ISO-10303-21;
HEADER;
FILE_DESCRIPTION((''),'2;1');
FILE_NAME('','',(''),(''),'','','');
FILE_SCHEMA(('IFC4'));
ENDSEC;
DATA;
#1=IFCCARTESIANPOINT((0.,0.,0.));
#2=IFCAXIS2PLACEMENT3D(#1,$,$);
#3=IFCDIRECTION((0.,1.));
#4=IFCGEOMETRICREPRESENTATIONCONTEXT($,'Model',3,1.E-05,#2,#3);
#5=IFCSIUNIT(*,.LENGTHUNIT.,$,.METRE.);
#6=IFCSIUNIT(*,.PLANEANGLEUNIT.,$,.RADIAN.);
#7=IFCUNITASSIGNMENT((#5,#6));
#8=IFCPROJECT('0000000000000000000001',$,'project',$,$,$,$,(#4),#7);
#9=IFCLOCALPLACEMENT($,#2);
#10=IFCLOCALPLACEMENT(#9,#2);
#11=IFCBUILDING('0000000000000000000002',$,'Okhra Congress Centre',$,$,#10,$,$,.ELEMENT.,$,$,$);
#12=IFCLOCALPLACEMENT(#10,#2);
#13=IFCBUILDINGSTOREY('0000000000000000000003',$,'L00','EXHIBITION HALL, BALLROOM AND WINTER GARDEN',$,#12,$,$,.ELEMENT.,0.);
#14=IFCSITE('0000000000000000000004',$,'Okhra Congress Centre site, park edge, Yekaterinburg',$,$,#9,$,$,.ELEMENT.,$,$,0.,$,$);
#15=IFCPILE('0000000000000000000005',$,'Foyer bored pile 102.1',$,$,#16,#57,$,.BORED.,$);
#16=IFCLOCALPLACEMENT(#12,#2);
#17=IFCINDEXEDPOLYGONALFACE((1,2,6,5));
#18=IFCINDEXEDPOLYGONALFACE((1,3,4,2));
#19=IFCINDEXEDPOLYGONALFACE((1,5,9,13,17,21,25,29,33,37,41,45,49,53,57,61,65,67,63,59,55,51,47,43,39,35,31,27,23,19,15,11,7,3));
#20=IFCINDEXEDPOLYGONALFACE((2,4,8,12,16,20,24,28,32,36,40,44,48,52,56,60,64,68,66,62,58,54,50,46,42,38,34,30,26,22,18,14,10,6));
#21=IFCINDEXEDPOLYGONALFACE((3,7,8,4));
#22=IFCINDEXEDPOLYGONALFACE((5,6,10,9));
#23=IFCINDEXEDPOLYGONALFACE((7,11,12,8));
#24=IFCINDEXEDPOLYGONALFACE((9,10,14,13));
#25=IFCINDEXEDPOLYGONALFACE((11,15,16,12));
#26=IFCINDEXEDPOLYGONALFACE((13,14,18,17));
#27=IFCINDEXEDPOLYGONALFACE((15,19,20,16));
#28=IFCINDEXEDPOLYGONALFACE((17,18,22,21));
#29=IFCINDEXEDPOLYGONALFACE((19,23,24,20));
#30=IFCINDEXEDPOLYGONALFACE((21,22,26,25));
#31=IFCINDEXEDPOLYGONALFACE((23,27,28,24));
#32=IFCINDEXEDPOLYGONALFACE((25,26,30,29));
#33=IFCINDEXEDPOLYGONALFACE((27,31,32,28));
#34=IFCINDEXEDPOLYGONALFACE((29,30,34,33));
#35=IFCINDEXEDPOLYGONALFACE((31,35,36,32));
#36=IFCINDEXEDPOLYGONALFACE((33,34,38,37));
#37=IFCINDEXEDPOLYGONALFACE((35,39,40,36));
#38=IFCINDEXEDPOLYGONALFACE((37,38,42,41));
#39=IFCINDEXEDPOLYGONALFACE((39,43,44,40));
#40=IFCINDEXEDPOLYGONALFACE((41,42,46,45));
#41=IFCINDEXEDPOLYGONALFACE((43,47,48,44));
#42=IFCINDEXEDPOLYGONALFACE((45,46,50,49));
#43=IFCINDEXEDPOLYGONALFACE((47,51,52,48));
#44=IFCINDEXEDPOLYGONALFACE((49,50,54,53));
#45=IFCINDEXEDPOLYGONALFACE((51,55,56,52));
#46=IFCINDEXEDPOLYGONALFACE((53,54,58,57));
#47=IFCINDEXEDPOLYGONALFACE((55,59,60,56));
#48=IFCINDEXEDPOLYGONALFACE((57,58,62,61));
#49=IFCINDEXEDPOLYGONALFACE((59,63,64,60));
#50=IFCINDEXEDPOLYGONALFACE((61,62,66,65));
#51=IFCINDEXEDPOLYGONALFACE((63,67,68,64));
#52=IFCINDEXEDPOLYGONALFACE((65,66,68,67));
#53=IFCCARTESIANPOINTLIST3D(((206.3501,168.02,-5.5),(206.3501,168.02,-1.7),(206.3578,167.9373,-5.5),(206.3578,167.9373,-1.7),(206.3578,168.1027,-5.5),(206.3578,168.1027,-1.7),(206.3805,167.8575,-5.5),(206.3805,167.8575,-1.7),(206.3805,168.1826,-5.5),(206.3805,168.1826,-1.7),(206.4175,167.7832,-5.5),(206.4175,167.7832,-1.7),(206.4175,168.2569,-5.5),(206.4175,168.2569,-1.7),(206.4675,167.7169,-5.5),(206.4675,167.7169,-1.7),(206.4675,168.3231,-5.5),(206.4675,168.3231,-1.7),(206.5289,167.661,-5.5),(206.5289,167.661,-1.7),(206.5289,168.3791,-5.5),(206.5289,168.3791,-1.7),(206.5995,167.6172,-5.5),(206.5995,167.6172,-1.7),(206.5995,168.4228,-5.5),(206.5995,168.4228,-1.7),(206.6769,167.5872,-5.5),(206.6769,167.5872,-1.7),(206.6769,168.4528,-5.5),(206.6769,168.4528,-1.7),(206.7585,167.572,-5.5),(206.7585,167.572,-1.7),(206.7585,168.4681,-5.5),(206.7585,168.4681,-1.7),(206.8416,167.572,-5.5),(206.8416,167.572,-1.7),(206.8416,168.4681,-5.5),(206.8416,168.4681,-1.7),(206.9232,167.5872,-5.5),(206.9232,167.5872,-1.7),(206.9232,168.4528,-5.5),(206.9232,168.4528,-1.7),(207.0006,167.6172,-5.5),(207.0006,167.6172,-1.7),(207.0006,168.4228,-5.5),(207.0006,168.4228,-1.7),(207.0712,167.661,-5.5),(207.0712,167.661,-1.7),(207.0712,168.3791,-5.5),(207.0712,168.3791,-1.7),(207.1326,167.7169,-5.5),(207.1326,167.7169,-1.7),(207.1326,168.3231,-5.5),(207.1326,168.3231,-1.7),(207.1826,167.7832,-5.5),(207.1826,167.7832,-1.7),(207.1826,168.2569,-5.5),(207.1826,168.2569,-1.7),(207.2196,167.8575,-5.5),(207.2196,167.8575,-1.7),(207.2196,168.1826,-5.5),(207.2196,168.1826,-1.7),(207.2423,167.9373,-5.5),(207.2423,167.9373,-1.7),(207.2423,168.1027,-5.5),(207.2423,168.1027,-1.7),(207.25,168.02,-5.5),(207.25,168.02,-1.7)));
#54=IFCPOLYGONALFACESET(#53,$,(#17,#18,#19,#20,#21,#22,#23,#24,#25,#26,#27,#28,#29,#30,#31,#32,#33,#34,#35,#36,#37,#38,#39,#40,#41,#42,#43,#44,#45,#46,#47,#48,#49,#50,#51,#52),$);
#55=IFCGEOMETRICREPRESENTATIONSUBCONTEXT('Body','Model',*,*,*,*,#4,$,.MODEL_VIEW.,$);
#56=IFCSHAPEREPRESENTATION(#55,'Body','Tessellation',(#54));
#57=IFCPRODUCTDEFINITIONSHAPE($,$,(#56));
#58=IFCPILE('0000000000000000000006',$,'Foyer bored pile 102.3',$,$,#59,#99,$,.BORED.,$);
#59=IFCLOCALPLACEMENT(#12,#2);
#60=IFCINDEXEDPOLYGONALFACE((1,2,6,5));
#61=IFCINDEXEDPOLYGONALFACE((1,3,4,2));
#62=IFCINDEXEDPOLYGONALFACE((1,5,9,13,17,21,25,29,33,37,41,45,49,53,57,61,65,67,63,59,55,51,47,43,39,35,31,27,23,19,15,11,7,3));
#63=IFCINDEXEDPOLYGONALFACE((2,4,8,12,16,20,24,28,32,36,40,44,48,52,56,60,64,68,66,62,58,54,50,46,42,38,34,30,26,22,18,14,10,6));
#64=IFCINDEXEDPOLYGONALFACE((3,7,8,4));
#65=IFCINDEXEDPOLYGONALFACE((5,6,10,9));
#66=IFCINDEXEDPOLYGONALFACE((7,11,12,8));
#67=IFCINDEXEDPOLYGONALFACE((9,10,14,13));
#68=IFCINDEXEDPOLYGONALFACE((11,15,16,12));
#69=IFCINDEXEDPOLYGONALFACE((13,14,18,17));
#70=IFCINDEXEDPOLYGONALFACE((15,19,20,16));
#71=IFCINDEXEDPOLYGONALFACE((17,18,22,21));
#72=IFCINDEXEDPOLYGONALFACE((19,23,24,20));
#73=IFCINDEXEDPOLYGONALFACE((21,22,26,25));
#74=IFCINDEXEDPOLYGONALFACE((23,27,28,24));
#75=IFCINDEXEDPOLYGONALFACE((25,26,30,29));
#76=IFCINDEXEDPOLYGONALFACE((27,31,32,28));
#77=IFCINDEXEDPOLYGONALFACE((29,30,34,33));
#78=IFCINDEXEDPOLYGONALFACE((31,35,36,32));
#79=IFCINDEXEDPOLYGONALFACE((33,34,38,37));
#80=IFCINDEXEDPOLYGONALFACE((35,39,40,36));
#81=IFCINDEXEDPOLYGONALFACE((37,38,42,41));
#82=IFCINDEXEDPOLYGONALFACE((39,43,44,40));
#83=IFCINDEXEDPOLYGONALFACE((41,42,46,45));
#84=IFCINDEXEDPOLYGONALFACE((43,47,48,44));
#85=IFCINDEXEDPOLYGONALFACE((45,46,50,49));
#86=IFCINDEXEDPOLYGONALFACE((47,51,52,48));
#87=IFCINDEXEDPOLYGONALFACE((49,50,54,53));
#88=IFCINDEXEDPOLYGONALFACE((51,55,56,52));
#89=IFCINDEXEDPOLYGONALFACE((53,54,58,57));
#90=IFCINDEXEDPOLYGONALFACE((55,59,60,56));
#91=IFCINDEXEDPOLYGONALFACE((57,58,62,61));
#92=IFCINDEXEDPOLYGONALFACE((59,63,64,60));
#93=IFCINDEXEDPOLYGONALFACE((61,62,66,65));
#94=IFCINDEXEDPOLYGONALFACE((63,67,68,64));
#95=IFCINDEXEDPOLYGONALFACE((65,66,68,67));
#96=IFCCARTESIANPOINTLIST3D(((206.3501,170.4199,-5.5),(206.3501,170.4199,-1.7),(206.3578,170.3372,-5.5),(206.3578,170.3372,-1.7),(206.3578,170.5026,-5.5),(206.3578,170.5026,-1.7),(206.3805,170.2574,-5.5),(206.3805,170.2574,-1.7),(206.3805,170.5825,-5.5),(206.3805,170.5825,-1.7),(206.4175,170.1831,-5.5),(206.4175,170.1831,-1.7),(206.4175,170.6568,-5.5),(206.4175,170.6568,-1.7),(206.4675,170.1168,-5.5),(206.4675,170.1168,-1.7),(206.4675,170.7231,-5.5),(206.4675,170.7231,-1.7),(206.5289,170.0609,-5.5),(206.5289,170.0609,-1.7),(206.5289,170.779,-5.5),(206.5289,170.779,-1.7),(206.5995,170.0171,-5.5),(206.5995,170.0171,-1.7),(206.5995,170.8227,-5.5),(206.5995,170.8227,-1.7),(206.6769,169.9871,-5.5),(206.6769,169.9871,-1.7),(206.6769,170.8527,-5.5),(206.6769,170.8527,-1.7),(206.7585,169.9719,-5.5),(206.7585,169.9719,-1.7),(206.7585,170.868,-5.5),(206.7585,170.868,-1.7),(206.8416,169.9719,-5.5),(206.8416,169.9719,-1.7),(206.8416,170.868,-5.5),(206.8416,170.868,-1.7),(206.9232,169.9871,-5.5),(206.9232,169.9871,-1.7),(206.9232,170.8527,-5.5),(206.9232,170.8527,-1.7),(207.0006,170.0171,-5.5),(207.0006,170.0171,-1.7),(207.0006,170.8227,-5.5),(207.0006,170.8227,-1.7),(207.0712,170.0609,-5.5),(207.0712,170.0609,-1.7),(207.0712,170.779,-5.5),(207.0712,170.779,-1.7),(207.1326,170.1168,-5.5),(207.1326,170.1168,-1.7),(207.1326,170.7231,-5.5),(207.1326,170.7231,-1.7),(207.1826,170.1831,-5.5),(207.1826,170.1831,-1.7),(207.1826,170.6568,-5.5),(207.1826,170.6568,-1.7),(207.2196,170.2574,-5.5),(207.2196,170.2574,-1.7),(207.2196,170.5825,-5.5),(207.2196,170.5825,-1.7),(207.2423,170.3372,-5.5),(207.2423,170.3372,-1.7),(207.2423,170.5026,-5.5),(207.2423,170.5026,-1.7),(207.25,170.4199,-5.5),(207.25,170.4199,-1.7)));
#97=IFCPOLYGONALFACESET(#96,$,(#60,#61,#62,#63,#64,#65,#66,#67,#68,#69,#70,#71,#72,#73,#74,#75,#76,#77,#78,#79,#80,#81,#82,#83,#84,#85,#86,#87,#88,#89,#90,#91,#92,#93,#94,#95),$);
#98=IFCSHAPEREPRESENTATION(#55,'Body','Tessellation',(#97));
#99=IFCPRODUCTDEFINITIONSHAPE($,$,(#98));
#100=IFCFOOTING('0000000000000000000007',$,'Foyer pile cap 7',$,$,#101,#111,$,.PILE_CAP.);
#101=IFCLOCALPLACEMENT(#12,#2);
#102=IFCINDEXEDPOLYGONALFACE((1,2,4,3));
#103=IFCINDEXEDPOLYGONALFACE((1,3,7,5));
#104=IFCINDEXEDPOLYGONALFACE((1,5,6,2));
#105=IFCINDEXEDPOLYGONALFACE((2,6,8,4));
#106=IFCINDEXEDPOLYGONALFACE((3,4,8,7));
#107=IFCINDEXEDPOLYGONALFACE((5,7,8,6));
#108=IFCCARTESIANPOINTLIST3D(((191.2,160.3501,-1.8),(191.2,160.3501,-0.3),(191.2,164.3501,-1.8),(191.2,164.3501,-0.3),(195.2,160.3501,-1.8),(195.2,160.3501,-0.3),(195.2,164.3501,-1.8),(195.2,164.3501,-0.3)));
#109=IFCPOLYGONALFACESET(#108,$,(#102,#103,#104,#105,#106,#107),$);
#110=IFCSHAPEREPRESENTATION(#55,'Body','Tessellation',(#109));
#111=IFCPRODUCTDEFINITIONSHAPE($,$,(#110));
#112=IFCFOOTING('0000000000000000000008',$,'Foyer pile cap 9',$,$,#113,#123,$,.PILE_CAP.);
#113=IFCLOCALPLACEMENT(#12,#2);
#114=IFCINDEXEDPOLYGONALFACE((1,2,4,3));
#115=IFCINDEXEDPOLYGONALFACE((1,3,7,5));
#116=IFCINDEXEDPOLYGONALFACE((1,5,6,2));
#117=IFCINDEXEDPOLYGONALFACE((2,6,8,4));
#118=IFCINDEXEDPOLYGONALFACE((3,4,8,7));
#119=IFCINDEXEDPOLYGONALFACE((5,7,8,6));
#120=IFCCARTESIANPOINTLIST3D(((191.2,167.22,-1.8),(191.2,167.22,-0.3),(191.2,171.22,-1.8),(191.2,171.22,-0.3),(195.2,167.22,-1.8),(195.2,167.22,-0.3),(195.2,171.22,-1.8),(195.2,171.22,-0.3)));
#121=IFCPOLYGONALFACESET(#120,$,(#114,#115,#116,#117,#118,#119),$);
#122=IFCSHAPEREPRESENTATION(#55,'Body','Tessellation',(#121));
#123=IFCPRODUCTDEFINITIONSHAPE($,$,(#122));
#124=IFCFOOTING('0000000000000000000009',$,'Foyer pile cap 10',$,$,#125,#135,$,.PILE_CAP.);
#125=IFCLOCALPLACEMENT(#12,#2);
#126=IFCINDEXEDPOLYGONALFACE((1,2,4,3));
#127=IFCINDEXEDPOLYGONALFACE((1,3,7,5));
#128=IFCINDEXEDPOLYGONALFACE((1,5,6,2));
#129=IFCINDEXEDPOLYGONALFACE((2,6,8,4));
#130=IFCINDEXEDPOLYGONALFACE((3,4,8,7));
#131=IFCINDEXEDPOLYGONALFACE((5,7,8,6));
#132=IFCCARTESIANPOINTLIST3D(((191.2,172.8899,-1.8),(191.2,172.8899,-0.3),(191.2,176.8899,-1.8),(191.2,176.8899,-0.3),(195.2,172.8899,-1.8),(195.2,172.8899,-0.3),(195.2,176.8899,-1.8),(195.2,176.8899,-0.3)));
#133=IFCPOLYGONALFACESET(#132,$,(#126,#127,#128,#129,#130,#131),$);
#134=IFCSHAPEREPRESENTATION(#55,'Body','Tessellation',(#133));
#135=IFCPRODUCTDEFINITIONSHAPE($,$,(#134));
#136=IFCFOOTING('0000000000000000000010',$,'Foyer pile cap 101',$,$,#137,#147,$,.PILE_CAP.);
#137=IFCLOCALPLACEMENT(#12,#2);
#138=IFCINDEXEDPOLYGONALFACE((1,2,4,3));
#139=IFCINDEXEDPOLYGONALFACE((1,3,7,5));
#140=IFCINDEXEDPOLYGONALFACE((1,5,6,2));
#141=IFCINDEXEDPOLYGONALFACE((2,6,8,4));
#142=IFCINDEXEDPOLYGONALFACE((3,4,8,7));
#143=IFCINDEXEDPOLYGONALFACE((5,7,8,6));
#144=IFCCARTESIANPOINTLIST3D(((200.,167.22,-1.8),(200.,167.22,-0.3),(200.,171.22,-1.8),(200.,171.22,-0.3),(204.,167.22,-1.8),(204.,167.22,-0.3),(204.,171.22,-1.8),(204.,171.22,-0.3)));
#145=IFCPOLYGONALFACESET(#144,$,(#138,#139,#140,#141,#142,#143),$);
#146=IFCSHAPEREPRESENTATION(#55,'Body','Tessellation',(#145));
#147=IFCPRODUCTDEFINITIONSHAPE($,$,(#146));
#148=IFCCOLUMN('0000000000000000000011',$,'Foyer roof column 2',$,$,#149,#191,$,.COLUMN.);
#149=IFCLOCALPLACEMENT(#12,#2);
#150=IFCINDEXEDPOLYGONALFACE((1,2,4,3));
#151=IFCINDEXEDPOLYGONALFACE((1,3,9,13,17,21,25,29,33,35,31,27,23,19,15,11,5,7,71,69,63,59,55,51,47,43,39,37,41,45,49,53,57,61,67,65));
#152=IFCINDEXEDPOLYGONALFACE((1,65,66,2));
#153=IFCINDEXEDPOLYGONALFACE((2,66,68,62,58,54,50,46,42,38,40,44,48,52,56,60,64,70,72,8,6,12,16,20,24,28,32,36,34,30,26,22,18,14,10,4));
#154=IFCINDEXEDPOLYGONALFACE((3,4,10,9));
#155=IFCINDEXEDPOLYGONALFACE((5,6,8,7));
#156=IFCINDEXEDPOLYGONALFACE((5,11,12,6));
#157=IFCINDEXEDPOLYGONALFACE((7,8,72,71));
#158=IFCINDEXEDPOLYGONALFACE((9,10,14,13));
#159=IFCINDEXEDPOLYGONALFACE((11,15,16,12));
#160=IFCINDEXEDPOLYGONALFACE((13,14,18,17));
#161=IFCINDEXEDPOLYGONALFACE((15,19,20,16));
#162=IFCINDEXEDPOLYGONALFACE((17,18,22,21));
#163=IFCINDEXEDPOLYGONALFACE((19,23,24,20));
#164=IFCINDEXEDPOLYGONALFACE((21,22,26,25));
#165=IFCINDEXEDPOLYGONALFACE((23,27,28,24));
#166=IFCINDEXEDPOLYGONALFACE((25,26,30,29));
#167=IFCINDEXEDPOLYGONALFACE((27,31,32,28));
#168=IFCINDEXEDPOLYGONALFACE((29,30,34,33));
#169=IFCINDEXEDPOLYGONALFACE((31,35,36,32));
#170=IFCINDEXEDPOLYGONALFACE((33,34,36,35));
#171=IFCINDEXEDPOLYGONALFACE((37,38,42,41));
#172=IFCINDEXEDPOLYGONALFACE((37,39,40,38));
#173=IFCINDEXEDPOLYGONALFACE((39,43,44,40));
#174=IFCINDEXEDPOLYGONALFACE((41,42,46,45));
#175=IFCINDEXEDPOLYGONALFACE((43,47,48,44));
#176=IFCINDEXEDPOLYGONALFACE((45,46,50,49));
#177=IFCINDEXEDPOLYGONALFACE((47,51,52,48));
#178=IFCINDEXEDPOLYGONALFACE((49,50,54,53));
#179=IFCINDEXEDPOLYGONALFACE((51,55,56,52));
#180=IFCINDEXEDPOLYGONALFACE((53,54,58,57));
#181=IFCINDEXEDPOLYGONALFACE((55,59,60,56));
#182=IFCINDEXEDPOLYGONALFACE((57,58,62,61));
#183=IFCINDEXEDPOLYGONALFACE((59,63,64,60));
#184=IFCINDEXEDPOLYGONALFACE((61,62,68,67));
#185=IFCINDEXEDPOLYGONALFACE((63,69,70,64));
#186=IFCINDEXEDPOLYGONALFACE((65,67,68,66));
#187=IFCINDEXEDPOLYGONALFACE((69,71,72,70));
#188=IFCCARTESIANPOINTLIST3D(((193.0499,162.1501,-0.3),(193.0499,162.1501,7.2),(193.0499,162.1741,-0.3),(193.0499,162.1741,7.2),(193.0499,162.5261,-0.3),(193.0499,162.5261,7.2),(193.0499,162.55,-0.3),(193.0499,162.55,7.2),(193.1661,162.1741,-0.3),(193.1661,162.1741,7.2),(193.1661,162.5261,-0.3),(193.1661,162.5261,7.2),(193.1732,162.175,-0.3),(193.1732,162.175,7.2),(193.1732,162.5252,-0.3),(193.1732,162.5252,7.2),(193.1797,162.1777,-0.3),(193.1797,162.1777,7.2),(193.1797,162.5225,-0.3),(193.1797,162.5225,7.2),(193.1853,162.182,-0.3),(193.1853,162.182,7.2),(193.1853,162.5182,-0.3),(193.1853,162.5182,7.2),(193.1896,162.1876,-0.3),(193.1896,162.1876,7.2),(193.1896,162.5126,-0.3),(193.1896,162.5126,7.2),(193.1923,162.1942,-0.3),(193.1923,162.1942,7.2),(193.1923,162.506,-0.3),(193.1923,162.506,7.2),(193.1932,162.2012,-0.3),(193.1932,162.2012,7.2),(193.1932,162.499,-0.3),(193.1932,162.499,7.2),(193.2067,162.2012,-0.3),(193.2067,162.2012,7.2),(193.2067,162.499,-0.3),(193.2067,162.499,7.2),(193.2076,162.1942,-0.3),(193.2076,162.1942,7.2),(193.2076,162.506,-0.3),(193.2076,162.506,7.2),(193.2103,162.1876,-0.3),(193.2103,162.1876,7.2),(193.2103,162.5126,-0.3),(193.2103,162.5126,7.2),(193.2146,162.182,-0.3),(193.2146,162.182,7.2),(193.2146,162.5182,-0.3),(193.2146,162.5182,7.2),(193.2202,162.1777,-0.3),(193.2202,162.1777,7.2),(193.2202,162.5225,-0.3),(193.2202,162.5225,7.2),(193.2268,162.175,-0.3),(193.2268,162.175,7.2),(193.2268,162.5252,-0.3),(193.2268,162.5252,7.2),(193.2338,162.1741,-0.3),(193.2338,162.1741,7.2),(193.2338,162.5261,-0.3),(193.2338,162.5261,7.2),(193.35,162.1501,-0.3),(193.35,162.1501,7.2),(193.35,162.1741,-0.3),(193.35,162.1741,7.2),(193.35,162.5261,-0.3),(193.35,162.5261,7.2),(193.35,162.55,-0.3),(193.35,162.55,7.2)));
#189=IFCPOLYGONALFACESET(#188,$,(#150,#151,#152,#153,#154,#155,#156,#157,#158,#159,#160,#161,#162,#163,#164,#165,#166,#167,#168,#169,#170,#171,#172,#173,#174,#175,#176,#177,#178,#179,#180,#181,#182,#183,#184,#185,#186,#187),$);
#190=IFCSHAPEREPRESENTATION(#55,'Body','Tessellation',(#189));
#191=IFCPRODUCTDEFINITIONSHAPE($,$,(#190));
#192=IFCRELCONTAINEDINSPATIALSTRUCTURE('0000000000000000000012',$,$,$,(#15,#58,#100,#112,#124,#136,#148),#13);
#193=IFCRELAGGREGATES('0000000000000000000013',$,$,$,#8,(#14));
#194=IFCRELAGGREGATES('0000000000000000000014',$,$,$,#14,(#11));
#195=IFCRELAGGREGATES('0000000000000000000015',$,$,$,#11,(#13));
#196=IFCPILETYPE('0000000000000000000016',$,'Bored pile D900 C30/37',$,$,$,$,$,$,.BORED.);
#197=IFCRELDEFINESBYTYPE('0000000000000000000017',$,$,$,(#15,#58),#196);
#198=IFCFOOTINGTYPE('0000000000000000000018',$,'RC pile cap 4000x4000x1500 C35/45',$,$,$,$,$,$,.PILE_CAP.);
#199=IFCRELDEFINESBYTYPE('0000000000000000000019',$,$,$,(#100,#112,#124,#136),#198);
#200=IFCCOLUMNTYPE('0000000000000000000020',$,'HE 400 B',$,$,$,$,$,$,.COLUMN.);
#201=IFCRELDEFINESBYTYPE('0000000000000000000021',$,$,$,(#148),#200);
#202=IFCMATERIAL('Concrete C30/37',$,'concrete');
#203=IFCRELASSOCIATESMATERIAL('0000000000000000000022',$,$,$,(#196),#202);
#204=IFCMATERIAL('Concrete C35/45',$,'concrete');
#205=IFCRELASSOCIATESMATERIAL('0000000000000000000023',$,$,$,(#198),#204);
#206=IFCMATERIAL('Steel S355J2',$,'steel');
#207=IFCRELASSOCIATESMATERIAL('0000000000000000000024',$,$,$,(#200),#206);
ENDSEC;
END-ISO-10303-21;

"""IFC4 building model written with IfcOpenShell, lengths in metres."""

from ifc_helpers import new_model, si_unit, direction, frame, origin, origin_2d, place, context, subcontext, project, spatial, rectangle, circle, i_section, extrude, material, material_profile, profile_set, type_object, element, save


model = new_model("IFC4")

# Units and contexts
model_context = context("Model", 3, precision=1e-05, world=origin(), true_north=direction((0.0, 1.0)))
body_context = subcontext(model_context, "Body", "Model", "MODEL_VIEW")
ifc_project = project(units=[si_unit("LENGTHUNIT", "METRE"), si_unit("PLANEANGLEUNIT", "RADIAN")], contexts=[model_context])

# Site, building, storey
site_placement = place(None, origin())
site = spatial("IfcSite", under=ifc_project, at=site_placement, Name="Okhra Congress Centre site, park edge, Yekaterinburg", CompositionType="ELEMENT", RefElevation=0.0)
building_placement = place(site_placement, origin())
building = spatial("IfcBuilding", under=site, at=building_placement, Name="Okhra Congress Centre", CompositionType="ELEMENT")
storey_placement = place(building_placement, origin())
storey = spatial("IfcBuildingStorey", under=building, at=storey_placement, Name="L00", Description="EXHIBITION HALL, BALLROOM AND WINTER GARDEN", CompositionType="ELEMENT", Elevation=0.0)

# Piles
ifc_material_1 = material(Name="Concrete C30/37", Category="concrete")
ifc_material_profile_1 = material_profile(ifc_material_1, circle(Radius=0.45, at=origin_2d()), Name="D900")
ifc_profile_set_1 = profile_set([ifc_material_profile_1], Name="Concrete C30/37")
pile_type = type_object("IfcPileType", Name="Bored pile D900 C30/37", PredefinedType="BORED", material=ifc_profile_set_1)
for number, where, z_axis, x_axis, name in (
    (1, (206.8, 168.02, -1.7), (0.0, 0.0, -1.0), (1.0, 0.0, 0.0), "Foyer bored pile 102.1"),
    (2, (206.8, 170.4199, -1.7), (0.0, 0.0, -1.0), (1.0, 0.0, 0.0), "Foyer bored pile 102.3"),
):
    element("IfcPile", number, at=place(storey_placement, frame(where, z_axis=z_axis, x_axis=x_axis)), inside=storey, type_object=pile_type, Name=name, PredefinedType="BORED", context=body_context, shape_type="SweptSolid", body=[
        extrude(circle(Radius=0.45, at=origin_2d()), origin(), (0.0, 0.0, 1.0), 3.8),
    ])

# Footings
ifc_material_2 = material(Name="Concrete C35/45", Category="concrete")
footing_type = type_object("IfcFootingType", Name="RC pile cap 4000x4000x1500 C35/45", PredefinedType="PILE_CAP", material=ifc_material_2)
for number, where, z_axis, x_axis, name in (
    (3, (193.2, 162.3501, -1.8), (0.0, 0.0, 1.0), (1.0, 0.0, 0.0), "Foyer pile cap 7"),
    (4, (193.2, 169.22, -1.8), (0.0, 0.0, 1.0), (1.0, 0.0, 0.0), "Foyer pile cap 9"),
    (5, (193.2, 174.8899, -1.8), (0.0, 0.0, 1.0), (1.0, 0.0, 0.0), "Foyer pile cap 10"),
    (6, (202.0, 169.22, -1.8), (0.0, 0.0, 1.0), (1.0, 0.0, 0.0), "Foyer pile cap 101"),
):
    element("IfcFooting", number, at=place(storey_placement, frame(where, z_axis=z_axis, x_axis=x_axis)), inside=storey, type_object=footing_type, Name=name, PredefinedType="PILE_CAP", context=body_context, shape_type="SweptSolid", body=[
        extrude(rectangle(XDim=4.0, YDim=4.0, at=origin_2d()), origin(), (0.0, 0.0, 1.0), 1.5),
    ])

# Column
ifc_material_3 = material(Name="Steel S355J2", Category="steel")
ifc_material_profile_2 = material_profile(ifc_material_3, i_section(OverallWidth=0.3, OverallDepth=0.3999, WebThickness=0.0134, FlangeThickness=0.0239, FilletRadius=0.0271, at=origin_2d()), Name="HE 400 B")
ifc_profile_set_2 = profile_set([ifc_material_profile_2], Name="Steel S355J2")
column_type_1 = type_object("IfcColumnType", Name="HE 400 B", PredefinedType="COLUMN", material=ifc_profile_set_2)
for number, where, z_axis, x_axis, name in (
    (7, (193.2, 162.3501, -0.3), (0.0, 0.0, 1.0), (1.0, 0.0, 0.0), "Foyer roof column 2"),
):
    element("IfcColumn", number, at=place(storey_placement, frame(where, z_axis=z_axis, x_axis=x_axis)), inside=storey, type_object=column_type_1, Name=name, PredefinedType="COLUMN", context=body_context, shape_type="SweptSolid", body=[
        extrude(i_section(OverallWidth=0.3, OverallDepth=0.3999, WebThickness=0.0134, FlangeThickness=0.0239, FilletRadius=0.0271, at=origin_2d()), origin(), (0.0, 0.0, 1.0), 7.5),
    ])

save(model, "model.ifc")
